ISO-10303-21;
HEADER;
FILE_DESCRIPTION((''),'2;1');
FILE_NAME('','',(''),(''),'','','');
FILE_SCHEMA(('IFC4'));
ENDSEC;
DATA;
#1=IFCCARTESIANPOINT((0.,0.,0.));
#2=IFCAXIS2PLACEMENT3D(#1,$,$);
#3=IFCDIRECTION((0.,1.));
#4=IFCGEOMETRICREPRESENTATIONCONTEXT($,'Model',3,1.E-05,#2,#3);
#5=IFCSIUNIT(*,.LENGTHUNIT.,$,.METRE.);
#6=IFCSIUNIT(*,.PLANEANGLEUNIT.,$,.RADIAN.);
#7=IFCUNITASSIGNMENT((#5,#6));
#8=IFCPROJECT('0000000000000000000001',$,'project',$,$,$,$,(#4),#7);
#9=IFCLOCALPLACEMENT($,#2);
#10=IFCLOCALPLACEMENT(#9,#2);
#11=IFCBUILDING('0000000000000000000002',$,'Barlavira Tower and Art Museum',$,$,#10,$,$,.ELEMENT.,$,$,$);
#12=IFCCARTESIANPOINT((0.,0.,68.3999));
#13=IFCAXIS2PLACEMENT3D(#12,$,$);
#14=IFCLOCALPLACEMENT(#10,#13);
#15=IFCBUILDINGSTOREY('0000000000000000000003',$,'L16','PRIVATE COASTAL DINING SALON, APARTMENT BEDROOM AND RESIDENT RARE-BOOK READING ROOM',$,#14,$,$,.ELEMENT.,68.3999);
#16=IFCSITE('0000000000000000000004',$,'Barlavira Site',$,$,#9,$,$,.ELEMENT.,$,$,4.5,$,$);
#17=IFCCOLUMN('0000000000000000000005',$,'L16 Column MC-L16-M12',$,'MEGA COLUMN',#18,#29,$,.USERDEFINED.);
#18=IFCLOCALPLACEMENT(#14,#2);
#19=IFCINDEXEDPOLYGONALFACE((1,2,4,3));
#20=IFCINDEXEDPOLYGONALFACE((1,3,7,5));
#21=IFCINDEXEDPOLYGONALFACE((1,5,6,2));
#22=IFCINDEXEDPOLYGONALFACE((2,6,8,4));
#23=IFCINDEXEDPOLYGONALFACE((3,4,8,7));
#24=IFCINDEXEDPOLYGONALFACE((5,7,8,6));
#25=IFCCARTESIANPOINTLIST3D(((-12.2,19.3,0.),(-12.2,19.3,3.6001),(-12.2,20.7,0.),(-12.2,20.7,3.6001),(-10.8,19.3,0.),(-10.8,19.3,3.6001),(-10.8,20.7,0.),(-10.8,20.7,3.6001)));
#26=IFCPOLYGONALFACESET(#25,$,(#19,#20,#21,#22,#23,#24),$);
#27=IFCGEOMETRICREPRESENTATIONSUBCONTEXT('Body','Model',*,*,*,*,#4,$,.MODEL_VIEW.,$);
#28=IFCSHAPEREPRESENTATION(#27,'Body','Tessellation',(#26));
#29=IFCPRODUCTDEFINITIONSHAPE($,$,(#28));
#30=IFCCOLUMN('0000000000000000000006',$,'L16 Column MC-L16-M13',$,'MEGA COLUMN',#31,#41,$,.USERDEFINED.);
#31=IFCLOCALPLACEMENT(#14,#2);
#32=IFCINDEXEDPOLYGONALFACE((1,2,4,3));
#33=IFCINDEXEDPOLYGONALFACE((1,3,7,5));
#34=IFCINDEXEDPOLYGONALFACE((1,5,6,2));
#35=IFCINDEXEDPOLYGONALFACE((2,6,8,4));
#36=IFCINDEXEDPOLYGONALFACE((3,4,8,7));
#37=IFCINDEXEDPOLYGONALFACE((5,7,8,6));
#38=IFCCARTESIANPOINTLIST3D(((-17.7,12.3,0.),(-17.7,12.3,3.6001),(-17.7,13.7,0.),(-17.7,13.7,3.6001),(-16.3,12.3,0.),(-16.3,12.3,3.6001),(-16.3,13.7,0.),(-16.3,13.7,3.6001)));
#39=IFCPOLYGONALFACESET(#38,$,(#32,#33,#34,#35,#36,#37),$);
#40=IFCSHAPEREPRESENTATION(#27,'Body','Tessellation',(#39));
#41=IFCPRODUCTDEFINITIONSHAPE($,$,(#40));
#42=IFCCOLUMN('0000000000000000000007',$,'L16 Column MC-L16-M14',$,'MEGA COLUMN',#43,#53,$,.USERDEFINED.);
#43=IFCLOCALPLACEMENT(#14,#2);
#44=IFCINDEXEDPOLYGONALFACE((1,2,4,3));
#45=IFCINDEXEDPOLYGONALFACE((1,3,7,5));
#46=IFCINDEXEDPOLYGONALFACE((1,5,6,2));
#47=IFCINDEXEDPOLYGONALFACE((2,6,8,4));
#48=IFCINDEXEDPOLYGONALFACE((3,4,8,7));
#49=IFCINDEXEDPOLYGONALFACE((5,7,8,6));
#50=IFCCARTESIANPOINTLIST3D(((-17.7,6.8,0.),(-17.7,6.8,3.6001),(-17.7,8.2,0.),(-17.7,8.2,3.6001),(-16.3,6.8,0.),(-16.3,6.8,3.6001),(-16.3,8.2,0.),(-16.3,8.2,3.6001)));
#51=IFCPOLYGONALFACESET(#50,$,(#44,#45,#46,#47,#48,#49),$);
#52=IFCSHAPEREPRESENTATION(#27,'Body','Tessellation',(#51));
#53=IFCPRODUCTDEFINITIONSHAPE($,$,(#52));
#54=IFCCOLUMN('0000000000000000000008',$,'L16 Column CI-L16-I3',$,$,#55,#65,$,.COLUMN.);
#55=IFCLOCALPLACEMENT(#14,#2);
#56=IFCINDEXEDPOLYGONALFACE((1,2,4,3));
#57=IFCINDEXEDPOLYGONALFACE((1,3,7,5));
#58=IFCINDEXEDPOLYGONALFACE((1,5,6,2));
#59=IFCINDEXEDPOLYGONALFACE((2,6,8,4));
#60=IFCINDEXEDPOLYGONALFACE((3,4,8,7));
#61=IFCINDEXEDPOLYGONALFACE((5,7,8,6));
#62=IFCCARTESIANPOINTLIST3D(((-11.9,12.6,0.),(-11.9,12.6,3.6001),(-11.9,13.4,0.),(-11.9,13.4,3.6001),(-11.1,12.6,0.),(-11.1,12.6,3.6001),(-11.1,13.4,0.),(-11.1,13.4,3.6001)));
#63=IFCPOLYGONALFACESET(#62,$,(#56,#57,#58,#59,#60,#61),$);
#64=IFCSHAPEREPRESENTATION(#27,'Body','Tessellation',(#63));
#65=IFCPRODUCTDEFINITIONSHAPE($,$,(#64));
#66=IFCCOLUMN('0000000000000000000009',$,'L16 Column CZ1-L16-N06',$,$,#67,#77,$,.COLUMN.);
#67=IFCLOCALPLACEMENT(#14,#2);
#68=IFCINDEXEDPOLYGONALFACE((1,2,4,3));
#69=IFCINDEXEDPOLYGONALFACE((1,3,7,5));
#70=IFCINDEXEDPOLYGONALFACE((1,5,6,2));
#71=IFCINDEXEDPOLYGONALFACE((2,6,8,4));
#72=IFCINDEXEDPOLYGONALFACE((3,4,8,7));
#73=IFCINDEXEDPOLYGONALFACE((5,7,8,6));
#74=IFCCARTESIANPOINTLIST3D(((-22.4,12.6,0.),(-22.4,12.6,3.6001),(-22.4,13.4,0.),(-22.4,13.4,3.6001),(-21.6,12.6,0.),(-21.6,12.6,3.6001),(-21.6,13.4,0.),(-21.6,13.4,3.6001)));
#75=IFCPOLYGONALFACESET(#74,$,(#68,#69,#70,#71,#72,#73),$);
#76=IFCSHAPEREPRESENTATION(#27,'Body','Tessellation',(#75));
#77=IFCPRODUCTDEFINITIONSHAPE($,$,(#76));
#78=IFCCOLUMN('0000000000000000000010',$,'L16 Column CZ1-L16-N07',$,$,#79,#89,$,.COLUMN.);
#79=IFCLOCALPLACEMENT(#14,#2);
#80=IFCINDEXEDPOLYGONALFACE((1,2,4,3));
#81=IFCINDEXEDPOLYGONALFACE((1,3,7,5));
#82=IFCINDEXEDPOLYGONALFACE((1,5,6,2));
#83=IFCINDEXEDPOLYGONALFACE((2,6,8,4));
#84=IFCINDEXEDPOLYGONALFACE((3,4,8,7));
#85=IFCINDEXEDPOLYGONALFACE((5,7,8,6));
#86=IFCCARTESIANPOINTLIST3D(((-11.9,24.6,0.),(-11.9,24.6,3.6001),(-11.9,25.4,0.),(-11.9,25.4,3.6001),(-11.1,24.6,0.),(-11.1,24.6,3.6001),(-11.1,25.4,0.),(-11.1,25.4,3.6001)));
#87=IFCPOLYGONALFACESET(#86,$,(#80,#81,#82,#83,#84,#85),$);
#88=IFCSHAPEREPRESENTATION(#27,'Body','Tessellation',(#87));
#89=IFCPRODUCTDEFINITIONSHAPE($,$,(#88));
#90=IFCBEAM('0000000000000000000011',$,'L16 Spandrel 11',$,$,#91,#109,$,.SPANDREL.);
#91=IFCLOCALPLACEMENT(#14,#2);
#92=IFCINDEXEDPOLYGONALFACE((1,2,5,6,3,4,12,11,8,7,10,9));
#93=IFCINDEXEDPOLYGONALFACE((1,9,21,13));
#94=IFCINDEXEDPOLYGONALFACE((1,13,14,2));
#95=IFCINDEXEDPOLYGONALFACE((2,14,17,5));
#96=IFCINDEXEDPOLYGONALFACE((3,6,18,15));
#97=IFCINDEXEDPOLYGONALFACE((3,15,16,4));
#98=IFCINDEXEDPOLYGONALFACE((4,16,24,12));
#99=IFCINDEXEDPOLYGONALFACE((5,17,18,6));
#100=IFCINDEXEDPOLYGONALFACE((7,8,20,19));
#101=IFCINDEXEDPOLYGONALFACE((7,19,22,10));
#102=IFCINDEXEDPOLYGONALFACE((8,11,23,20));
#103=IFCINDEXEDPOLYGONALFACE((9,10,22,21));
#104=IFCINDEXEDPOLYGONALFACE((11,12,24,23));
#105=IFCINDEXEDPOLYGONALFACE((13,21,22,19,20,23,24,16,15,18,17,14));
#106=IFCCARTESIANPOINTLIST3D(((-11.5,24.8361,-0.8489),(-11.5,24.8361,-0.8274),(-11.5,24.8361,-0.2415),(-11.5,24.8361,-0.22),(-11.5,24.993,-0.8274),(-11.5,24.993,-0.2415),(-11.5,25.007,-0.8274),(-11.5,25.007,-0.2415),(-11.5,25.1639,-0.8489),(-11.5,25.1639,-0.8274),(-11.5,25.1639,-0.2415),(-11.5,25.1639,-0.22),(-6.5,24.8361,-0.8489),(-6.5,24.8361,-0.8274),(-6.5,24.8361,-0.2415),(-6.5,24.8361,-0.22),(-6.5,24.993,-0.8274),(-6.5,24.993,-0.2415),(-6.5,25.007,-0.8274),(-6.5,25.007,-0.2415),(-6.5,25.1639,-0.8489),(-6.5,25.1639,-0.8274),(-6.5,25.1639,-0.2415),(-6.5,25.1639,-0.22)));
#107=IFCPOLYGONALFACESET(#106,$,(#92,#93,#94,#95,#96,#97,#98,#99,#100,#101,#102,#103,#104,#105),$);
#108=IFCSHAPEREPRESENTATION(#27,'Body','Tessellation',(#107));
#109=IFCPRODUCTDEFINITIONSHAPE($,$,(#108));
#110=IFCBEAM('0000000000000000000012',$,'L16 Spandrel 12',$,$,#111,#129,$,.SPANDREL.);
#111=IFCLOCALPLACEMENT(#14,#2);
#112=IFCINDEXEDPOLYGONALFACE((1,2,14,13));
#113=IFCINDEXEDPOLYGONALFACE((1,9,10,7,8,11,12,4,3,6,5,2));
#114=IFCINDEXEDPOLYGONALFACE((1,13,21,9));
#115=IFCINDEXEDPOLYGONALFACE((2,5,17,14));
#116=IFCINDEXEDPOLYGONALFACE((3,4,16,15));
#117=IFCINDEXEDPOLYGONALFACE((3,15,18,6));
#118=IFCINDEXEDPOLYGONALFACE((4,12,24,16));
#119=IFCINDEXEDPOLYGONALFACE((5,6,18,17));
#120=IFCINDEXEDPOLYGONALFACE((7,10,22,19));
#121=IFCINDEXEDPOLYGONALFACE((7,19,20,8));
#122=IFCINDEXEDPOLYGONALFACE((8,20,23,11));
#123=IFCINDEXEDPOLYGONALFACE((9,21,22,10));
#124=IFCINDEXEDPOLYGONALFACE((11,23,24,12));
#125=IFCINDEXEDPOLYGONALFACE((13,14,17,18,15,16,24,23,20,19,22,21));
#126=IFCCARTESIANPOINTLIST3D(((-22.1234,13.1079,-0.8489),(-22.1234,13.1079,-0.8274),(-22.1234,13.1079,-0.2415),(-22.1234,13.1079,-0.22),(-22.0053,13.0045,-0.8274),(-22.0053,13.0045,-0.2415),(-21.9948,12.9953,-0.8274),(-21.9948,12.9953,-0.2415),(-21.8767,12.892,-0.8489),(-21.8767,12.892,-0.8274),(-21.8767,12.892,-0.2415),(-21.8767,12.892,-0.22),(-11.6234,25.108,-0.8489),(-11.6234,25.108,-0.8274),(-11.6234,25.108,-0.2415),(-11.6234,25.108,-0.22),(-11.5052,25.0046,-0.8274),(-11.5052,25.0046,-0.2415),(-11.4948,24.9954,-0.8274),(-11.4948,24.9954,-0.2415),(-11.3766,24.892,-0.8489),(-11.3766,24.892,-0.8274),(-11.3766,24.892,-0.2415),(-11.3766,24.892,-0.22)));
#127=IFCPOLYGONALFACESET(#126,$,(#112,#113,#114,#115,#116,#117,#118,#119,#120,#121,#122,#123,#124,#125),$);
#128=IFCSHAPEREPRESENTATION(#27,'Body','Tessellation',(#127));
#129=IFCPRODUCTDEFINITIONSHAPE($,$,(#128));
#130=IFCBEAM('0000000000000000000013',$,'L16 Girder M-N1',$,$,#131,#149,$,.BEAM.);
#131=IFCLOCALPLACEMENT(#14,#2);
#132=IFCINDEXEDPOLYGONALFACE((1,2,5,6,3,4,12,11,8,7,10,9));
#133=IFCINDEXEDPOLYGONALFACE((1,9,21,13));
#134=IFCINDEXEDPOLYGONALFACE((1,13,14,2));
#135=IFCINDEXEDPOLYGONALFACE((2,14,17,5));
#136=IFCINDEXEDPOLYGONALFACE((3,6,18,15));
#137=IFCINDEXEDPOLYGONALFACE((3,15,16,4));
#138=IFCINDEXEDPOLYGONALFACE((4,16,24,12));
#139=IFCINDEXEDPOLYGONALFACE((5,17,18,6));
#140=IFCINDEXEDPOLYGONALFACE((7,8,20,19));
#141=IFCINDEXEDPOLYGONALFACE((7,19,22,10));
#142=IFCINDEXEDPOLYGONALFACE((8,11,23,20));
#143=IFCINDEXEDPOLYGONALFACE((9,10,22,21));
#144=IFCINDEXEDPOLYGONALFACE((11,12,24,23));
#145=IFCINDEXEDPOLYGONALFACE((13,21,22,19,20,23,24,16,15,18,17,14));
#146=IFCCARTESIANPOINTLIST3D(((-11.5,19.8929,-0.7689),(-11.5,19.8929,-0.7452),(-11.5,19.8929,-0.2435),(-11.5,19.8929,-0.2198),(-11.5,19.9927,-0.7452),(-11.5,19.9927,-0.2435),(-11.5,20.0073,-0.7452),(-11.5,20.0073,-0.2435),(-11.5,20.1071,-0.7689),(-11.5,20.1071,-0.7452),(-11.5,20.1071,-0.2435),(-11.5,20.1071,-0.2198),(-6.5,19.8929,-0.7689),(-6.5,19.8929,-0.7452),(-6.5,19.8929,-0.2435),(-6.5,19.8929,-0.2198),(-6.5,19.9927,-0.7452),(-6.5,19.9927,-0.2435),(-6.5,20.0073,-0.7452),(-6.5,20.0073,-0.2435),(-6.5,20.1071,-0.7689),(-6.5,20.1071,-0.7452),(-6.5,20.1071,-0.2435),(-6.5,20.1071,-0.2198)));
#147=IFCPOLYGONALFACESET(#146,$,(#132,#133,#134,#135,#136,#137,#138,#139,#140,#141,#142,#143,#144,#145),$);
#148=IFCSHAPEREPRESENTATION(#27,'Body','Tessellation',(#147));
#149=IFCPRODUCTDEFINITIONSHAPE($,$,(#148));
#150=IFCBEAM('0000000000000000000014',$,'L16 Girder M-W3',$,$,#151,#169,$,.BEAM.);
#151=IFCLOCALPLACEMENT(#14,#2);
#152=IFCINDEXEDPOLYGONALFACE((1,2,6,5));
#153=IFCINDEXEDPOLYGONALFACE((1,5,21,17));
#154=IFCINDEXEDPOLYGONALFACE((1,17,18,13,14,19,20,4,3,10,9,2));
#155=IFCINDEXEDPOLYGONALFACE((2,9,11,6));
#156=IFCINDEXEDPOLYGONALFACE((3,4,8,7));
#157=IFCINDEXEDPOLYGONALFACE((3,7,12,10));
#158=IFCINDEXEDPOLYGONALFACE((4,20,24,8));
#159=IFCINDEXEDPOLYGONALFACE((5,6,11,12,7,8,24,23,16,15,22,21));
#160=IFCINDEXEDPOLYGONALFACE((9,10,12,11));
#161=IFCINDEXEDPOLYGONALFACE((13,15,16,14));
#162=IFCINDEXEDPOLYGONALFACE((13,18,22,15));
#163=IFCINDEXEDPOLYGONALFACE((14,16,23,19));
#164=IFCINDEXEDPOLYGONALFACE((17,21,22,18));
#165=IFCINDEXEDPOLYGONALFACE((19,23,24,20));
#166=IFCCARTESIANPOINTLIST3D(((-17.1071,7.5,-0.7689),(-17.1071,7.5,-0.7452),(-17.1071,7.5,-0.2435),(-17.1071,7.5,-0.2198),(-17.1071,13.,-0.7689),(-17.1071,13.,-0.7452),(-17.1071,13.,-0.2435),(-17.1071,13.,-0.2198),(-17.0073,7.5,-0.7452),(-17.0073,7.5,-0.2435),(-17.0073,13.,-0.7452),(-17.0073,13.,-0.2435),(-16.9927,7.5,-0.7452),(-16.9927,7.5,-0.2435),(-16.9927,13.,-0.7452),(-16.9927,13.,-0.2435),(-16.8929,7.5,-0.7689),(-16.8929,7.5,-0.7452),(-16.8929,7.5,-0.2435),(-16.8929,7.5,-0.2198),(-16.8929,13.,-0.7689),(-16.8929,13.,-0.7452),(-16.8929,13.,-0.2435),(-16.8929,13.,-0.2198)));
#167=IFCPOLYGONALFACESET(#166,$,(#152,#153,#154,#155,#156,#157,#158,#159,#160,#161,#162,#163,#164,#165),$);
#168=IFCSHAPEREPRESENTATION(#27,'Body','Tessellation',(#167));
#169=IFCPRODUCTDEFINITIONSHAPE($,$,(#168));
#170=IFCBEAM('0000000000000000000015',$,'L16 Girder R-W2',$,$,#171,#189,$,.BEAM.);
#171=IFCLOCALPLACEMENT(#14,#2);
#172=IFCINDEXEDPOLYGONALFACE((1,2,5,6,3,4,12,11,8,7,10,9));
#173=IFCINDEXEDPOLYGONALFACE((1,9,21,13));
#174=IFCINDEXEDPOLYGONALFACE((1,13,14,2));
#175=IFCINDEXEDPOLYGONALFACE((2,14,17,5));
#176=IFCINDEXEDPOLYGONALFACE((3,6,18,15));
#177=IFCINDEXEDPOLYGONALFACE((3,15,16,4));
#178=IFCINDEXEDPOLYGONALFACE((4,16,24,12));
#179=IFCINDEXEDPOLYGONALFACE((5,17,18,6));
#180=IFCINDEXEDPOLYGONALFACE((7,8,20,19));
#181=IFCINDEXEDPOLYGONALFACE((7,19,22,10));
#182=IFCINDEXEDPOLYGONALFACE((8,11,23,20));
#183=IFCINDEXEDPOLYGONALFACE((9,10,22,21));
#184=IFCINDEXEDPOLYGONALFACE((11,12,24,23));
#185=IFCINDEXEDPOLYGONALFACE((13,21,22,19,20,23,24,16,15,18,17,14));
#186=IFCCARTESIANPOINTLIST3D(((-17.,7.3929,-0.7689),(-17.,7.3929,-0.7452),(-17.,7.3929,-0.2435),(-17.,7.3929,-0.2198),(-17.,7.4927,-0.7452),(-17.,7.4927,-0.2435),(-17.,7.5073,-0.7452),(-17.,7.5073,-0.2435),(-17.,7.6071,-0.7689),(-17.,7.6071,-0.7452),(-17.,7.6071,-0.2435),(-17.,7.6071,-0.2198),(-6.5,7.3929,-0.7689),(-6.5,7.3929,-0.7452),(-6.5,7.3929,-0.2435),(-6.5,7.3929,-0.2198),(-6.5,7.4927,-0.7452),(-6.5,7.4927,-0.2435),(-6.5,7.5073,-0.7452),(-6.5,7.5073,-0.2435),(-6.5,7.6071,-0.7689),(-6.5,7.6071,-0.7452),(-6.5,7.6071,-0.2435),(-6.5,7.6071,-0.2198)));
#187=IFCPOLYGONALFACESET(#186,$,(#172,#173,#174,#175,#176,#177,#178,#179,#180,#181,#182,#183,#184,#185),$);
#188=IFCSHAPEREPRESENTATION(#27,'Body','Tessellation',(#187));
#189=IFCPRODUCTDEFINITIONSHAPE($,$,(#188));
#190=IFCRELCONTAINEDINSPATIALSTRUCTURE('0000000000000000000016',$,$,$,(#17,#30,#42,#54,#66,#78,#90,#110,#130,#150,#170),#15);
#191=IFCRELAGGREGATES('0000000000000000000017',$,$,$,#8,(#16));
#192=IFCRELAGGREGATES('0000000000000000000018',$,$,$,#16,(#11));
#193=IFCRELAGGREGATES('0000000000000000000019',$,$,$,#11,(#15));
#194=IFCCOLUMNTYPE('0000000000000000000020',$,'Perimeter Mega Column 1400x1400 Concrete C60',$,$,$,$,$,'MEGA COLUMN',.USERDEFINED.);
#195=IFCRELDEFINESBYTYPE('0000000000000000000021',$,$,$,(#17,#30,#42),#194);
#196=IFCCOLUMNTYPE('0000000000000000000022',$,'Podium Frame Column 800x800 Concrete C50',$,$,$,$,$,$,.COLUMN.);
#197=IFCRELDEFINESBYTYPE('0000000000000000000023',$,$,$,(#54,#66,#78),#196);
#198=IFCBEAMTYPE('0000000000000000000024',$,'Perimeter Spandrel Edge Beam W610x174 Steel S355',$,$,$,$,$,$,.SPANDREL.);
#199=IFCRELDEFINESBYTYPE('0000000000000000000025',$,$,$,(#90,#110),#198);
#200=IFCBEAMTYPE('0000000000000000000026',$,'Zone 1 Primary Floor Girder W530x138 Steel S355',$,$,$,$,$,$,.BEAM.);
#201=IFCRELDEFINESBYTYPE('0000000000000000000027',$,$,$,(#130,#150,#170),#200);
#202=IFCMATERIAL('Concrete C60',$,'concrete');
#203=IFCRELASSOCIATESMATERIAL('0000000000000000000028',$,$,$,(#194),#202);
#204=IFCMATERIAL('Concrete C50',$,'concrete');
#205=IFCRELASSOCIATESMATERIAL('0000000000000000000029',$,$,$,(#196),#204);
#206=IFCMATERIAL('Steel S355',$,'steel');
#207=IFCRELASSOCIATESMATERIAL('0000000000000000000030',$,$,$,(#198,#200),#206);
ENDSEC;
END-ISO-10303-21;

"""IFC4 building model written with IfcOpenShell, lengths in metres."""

from ifc_helpers import new_model, si_unit, direction, frame, origin, origin_2d, place, context, subcontext, project, spatial, rectangle, i_section, extrude, material, material_profile, profile_set, type_object, element, save


model = new_model("IFC4")

# Units and contexts
model_context = context("Model", 3, precision=1e-05, world=origin(), true_north=direction((0.0, 1.0)))
body_context = subcontext(model_context, "Body", "Model", "MODEL_VIEW")
ifc_project = project(units=[si_unit("LENGTHUNIT", "METRE"), si_unit("PLANEANGLEUNIT", "RADIAN")], contexts=[model_context])

# Site, building, storey
site_placement = place(None, origin())
site = spatial("IfcSite", under=ifc_project, at=site_placement, Name="Barlavira Site", CompositionType="ELEMENT", RefElevation=4.5)
building_placement = place(site_placement, origin())
building = spatial("IfcBuilding", under=site, at=building_placement, Name="Barlavira Tower and Art Museum", CompositionType="ELEMENT")
storey_placement = place(building_placement, frame((0.0, 0.0, 68.3999)))
storey = spatial("IfcBuildingStorey", under=building, at=storey_placement, Name="L16", Description="PRIVATE COASTAL DINING SALON, APARTMENT BEDROOM AND RESIDENT RARE-BOOK READING ROOM", CompositionType="ELEMENT", Elevation=68.3999)

# Columns
ifc_material_1 = material(Name="Concrete C60", Category="concrete")
ifc_material_profile_1 = material_profile(ifc_material_1, rectangle(XDim=1.3999, YDim=1.3999, at=origin_2d()), Name="RC-MCOL 1400x1400")
ifc_profile_set_1 = profile_set([ifc_material_profile_1], Name="Concrete C60")
column_type_1 = type_object("IfcColumnType", Name="Perimeter Mega Column 1400x1400 Concrete C60", ElementType="MEGA COLUMN", PredefinedType="USERDEFINED", material=ifc_profile_set_1)
for number, where, z_axis, x_axis, name in (
    (1, (-11.5, 20.0, 0.0), (0.0, 0.0, 1.0), (1.0, 0.0, 0.0), "L16 Column MC-L16-M12"),
    (2, (-17.0, 13.0, 0.0), (0.0, 0.0, 1.0), (1.0, 0.0, 0.0), "L16 Column MC-L16-M13"),
    (3, (-17.0, 7.5, 0.0), (0.0, 0.0, 1.0), (1.0, 0.0, 0.0), "L16 Column MC-L16-M14"),
):
    element("IfcColumn", number, at=place(storey_placement, frame(where, z_axis=z_axis, x_axis=x_axis)), inside=storey, type_object=column_type_1, Name=name, ObjectType="MEGA COLUMN", PredefinedType="USERDEFINED", context=body_context, shape_type="SweptSolid", body=[
        extrude(rectangle(XDim=1.3999, YDim=1.3999, at=origin_2d()), origin(), (0.0, 0.0, 1.0), 3.6001),
    ])
ifc_material_2 = material(Name="Concrete C50", Category="concrete")
ifc_material_profile_2 = material_profile(ifc_material_2, rectangle(XDim=0.8, YDim=0.8, at=origin_2d()), Name="RC-COL 800x800")
ifc_profile_set_2 = profile_set([ifc_material_profile_2], Name="Concrete C50")
column_type_2 = type_object("IfcColumnType", Name="Podium Frame Column 800x800 Concrete C50", PredefinedType="COLUMN", material=ifc_profile_set_2)
for number, where, z_axis, x_axis, name in (
    (4, (-11.5, 13.0, 0.0), (0.0, 0.0, 1.0), (1.0, 0.0, 0.0), "L16 Column CI-L16-I3"),
    (5, (-22.0, 13.0, 0.0), (0.0, 0.0, 1.0), (1.0, 0.0, 0.0), "L16 Column CZ1-L16-N06"),
    (6, (-11.5, 25.0, 0.0), (0.0, 0.0, 1.0), (1.0, 0.0, 0.0), "L16 Column CZ1-L16-N07"),
):
    element("IfcColumn", number, at=place(storey_placement, frame(where, z_axis=z_axis, x_axis=x_axis)), inside=storey, type_object=column_type_2, Name=name, PredefinedType="COLUMN", context=body_context, shape_type="SweptSolid", body=[
        extrude(rectangle(XDim=0.8, YDim=0.8, at=origin_2d()), origin(), (0.0, 0.0, 1.0), 3.6001),
    ])

# Beams
ifc_material_3 = material(Name="Steel S355", Category="steel")
ifc_material_profile_3 = material_profile(ifc_material_3, i_section(OverallWidth=0.3279, OverallDepth=0.6289, WebThickness=0.0139, FlangeThickness=0.0215, at=origin_2d()), Name="W610x174.0")
ifc_profile_set_3 = profile_set([ifc_material_profile_3], Name="Steel S355")
beam_type_1 = type_object("IfcBeamType", Name="Perimeter Spandrel Edge Beam W610x174 Steel S355", PredefinedType="SPANDREL", material=ifc_profile_set_3)
beam_1_placement = place(storey_placement, frame((-11.5, 25.0, -0.5344), z_axis=(1.0, 0.0, 0.0), x_axis=(0.0, 1.0, 0.0)))
element("IfcBeam", 7, at=beam_1_placement, inside=storey, type_object=beam_type_1, Name="L16 Spandrel 11", PredefinedType="SPANDREL", context=body_context, shape_type="SweptSolid", body=[
    extrude(i_section(OverallWidth=0.3279, OverallDepth=0.6289, WebThickness=0.0139, FlangeThickness=0.0215, at=origin_2d()), origin(), (0.0, 0.0, 1.0), 5.0),
])
beam_2_placement = place(storey_placement, frame((-11.5, 25.0, -0.5344), z_axis=(-0.658505, -0.752577, 0.0), x_axis=(0.752577, -0.658505, 0.0)))
element("IfcBeam", 8, at=beam_2_placement, inside=storey, type_object=beam_type_1, Name="L16 Spandrel 12", PredefinedType="SPANDREL", context=body_context, shape_type="SweptSolid", body=[
    extrude(i_section(OverallWidth=0.3279, OverallDepth=0.6289, WebThickness=0.0139, FlangeThickness=0.0215, at=origin_2d()), origin(), (0.0, 0.0, 1.0), 15.9453),
])
ifc_material_profile_4 = material_profile(ifc_material_3, i_section(OverallWidth=0.2141, OverallDepth=0.5491, WebThickness=0.0146, FlangeThickness=0.0237, at=origin_2d()), Name="W530x138.0")
ifc_profile_set_4 = profile_set([ifc_material_profile_4], Name="Steel S355")
beam_type_2 = type_object("IfcBeamType", Name="Zone 1 Primary Floor Girder W530x138 Steel S355", PredefinedType="BEAM", material=ifc_profile_set_4)
beam_3_placement = place(storey_placement, frame((-11.5, 20.0, -0.4944), z_axis=(1.0, 0.0, 0.0), x_axis=(0.0, 1.0, 0.0)))
element("IfcBeam", 9, at=beam_3_placement, inside=storey, type_object=beam_type_2, Name="L16 Girder M-N1", PredefinedType="BEAM", context=body_context, shape_type="SweptSolid", body=[
    extrude(i_section(OverallWidth=0.2141, OverallDepth=0.5491, WebThickness=0.0146, FlangeThickness=0.0237, at=origin_2d()), origin(), (0.0, 0.0, 1.0), 5.0),
])
beam_4_placement = place(storey_placement, frame((-17.0, 7.5, -0.4944), z_axis=(0.0, 1.0, 0.0), x_axis=(-1.0, 0.0, 0.0)))
element("IfcBeam", 10, at=beam_4_placement, inside=storey, type_object=beam_type_2, Name="L16 Girder M-W3", PredefinedType="BEAM", context=body_context, shape_type="SweptSolid", body=[
    extrude(i_section(OverallWidth=0.2141, OverallDepth=0.5491, WebThickness=0.0146, FlangeThickness=0.0237, at=origin_2d()), origin(), (0.0, 0.0, 1.0), 5.5),
])
beam_5_placement = place(storey_placement, frame((-17.0, 7.5, -0.4944), z_axis=(1.0, 0.0, 0.0), x_axis=(0.0, 1.0, 0.0)))
element("IfcBeam", 11, at=beam_5_placement, inside=storey, type_object=beam_type_2, Name="L16 Girder R-W2", PredefinedType="BEAM", context=body_context, shape_type="SweptSolid", body=[
    extrude(i_section(OverallWidth=0.2141, OverallDepth=0.5491, WebThickness=0.0146, FlangeThickness=0.0237, at=origin_2d()), origin(), (0.0, 0.0, 1.0), 10.5),
])

save(model, "model.ifc")
